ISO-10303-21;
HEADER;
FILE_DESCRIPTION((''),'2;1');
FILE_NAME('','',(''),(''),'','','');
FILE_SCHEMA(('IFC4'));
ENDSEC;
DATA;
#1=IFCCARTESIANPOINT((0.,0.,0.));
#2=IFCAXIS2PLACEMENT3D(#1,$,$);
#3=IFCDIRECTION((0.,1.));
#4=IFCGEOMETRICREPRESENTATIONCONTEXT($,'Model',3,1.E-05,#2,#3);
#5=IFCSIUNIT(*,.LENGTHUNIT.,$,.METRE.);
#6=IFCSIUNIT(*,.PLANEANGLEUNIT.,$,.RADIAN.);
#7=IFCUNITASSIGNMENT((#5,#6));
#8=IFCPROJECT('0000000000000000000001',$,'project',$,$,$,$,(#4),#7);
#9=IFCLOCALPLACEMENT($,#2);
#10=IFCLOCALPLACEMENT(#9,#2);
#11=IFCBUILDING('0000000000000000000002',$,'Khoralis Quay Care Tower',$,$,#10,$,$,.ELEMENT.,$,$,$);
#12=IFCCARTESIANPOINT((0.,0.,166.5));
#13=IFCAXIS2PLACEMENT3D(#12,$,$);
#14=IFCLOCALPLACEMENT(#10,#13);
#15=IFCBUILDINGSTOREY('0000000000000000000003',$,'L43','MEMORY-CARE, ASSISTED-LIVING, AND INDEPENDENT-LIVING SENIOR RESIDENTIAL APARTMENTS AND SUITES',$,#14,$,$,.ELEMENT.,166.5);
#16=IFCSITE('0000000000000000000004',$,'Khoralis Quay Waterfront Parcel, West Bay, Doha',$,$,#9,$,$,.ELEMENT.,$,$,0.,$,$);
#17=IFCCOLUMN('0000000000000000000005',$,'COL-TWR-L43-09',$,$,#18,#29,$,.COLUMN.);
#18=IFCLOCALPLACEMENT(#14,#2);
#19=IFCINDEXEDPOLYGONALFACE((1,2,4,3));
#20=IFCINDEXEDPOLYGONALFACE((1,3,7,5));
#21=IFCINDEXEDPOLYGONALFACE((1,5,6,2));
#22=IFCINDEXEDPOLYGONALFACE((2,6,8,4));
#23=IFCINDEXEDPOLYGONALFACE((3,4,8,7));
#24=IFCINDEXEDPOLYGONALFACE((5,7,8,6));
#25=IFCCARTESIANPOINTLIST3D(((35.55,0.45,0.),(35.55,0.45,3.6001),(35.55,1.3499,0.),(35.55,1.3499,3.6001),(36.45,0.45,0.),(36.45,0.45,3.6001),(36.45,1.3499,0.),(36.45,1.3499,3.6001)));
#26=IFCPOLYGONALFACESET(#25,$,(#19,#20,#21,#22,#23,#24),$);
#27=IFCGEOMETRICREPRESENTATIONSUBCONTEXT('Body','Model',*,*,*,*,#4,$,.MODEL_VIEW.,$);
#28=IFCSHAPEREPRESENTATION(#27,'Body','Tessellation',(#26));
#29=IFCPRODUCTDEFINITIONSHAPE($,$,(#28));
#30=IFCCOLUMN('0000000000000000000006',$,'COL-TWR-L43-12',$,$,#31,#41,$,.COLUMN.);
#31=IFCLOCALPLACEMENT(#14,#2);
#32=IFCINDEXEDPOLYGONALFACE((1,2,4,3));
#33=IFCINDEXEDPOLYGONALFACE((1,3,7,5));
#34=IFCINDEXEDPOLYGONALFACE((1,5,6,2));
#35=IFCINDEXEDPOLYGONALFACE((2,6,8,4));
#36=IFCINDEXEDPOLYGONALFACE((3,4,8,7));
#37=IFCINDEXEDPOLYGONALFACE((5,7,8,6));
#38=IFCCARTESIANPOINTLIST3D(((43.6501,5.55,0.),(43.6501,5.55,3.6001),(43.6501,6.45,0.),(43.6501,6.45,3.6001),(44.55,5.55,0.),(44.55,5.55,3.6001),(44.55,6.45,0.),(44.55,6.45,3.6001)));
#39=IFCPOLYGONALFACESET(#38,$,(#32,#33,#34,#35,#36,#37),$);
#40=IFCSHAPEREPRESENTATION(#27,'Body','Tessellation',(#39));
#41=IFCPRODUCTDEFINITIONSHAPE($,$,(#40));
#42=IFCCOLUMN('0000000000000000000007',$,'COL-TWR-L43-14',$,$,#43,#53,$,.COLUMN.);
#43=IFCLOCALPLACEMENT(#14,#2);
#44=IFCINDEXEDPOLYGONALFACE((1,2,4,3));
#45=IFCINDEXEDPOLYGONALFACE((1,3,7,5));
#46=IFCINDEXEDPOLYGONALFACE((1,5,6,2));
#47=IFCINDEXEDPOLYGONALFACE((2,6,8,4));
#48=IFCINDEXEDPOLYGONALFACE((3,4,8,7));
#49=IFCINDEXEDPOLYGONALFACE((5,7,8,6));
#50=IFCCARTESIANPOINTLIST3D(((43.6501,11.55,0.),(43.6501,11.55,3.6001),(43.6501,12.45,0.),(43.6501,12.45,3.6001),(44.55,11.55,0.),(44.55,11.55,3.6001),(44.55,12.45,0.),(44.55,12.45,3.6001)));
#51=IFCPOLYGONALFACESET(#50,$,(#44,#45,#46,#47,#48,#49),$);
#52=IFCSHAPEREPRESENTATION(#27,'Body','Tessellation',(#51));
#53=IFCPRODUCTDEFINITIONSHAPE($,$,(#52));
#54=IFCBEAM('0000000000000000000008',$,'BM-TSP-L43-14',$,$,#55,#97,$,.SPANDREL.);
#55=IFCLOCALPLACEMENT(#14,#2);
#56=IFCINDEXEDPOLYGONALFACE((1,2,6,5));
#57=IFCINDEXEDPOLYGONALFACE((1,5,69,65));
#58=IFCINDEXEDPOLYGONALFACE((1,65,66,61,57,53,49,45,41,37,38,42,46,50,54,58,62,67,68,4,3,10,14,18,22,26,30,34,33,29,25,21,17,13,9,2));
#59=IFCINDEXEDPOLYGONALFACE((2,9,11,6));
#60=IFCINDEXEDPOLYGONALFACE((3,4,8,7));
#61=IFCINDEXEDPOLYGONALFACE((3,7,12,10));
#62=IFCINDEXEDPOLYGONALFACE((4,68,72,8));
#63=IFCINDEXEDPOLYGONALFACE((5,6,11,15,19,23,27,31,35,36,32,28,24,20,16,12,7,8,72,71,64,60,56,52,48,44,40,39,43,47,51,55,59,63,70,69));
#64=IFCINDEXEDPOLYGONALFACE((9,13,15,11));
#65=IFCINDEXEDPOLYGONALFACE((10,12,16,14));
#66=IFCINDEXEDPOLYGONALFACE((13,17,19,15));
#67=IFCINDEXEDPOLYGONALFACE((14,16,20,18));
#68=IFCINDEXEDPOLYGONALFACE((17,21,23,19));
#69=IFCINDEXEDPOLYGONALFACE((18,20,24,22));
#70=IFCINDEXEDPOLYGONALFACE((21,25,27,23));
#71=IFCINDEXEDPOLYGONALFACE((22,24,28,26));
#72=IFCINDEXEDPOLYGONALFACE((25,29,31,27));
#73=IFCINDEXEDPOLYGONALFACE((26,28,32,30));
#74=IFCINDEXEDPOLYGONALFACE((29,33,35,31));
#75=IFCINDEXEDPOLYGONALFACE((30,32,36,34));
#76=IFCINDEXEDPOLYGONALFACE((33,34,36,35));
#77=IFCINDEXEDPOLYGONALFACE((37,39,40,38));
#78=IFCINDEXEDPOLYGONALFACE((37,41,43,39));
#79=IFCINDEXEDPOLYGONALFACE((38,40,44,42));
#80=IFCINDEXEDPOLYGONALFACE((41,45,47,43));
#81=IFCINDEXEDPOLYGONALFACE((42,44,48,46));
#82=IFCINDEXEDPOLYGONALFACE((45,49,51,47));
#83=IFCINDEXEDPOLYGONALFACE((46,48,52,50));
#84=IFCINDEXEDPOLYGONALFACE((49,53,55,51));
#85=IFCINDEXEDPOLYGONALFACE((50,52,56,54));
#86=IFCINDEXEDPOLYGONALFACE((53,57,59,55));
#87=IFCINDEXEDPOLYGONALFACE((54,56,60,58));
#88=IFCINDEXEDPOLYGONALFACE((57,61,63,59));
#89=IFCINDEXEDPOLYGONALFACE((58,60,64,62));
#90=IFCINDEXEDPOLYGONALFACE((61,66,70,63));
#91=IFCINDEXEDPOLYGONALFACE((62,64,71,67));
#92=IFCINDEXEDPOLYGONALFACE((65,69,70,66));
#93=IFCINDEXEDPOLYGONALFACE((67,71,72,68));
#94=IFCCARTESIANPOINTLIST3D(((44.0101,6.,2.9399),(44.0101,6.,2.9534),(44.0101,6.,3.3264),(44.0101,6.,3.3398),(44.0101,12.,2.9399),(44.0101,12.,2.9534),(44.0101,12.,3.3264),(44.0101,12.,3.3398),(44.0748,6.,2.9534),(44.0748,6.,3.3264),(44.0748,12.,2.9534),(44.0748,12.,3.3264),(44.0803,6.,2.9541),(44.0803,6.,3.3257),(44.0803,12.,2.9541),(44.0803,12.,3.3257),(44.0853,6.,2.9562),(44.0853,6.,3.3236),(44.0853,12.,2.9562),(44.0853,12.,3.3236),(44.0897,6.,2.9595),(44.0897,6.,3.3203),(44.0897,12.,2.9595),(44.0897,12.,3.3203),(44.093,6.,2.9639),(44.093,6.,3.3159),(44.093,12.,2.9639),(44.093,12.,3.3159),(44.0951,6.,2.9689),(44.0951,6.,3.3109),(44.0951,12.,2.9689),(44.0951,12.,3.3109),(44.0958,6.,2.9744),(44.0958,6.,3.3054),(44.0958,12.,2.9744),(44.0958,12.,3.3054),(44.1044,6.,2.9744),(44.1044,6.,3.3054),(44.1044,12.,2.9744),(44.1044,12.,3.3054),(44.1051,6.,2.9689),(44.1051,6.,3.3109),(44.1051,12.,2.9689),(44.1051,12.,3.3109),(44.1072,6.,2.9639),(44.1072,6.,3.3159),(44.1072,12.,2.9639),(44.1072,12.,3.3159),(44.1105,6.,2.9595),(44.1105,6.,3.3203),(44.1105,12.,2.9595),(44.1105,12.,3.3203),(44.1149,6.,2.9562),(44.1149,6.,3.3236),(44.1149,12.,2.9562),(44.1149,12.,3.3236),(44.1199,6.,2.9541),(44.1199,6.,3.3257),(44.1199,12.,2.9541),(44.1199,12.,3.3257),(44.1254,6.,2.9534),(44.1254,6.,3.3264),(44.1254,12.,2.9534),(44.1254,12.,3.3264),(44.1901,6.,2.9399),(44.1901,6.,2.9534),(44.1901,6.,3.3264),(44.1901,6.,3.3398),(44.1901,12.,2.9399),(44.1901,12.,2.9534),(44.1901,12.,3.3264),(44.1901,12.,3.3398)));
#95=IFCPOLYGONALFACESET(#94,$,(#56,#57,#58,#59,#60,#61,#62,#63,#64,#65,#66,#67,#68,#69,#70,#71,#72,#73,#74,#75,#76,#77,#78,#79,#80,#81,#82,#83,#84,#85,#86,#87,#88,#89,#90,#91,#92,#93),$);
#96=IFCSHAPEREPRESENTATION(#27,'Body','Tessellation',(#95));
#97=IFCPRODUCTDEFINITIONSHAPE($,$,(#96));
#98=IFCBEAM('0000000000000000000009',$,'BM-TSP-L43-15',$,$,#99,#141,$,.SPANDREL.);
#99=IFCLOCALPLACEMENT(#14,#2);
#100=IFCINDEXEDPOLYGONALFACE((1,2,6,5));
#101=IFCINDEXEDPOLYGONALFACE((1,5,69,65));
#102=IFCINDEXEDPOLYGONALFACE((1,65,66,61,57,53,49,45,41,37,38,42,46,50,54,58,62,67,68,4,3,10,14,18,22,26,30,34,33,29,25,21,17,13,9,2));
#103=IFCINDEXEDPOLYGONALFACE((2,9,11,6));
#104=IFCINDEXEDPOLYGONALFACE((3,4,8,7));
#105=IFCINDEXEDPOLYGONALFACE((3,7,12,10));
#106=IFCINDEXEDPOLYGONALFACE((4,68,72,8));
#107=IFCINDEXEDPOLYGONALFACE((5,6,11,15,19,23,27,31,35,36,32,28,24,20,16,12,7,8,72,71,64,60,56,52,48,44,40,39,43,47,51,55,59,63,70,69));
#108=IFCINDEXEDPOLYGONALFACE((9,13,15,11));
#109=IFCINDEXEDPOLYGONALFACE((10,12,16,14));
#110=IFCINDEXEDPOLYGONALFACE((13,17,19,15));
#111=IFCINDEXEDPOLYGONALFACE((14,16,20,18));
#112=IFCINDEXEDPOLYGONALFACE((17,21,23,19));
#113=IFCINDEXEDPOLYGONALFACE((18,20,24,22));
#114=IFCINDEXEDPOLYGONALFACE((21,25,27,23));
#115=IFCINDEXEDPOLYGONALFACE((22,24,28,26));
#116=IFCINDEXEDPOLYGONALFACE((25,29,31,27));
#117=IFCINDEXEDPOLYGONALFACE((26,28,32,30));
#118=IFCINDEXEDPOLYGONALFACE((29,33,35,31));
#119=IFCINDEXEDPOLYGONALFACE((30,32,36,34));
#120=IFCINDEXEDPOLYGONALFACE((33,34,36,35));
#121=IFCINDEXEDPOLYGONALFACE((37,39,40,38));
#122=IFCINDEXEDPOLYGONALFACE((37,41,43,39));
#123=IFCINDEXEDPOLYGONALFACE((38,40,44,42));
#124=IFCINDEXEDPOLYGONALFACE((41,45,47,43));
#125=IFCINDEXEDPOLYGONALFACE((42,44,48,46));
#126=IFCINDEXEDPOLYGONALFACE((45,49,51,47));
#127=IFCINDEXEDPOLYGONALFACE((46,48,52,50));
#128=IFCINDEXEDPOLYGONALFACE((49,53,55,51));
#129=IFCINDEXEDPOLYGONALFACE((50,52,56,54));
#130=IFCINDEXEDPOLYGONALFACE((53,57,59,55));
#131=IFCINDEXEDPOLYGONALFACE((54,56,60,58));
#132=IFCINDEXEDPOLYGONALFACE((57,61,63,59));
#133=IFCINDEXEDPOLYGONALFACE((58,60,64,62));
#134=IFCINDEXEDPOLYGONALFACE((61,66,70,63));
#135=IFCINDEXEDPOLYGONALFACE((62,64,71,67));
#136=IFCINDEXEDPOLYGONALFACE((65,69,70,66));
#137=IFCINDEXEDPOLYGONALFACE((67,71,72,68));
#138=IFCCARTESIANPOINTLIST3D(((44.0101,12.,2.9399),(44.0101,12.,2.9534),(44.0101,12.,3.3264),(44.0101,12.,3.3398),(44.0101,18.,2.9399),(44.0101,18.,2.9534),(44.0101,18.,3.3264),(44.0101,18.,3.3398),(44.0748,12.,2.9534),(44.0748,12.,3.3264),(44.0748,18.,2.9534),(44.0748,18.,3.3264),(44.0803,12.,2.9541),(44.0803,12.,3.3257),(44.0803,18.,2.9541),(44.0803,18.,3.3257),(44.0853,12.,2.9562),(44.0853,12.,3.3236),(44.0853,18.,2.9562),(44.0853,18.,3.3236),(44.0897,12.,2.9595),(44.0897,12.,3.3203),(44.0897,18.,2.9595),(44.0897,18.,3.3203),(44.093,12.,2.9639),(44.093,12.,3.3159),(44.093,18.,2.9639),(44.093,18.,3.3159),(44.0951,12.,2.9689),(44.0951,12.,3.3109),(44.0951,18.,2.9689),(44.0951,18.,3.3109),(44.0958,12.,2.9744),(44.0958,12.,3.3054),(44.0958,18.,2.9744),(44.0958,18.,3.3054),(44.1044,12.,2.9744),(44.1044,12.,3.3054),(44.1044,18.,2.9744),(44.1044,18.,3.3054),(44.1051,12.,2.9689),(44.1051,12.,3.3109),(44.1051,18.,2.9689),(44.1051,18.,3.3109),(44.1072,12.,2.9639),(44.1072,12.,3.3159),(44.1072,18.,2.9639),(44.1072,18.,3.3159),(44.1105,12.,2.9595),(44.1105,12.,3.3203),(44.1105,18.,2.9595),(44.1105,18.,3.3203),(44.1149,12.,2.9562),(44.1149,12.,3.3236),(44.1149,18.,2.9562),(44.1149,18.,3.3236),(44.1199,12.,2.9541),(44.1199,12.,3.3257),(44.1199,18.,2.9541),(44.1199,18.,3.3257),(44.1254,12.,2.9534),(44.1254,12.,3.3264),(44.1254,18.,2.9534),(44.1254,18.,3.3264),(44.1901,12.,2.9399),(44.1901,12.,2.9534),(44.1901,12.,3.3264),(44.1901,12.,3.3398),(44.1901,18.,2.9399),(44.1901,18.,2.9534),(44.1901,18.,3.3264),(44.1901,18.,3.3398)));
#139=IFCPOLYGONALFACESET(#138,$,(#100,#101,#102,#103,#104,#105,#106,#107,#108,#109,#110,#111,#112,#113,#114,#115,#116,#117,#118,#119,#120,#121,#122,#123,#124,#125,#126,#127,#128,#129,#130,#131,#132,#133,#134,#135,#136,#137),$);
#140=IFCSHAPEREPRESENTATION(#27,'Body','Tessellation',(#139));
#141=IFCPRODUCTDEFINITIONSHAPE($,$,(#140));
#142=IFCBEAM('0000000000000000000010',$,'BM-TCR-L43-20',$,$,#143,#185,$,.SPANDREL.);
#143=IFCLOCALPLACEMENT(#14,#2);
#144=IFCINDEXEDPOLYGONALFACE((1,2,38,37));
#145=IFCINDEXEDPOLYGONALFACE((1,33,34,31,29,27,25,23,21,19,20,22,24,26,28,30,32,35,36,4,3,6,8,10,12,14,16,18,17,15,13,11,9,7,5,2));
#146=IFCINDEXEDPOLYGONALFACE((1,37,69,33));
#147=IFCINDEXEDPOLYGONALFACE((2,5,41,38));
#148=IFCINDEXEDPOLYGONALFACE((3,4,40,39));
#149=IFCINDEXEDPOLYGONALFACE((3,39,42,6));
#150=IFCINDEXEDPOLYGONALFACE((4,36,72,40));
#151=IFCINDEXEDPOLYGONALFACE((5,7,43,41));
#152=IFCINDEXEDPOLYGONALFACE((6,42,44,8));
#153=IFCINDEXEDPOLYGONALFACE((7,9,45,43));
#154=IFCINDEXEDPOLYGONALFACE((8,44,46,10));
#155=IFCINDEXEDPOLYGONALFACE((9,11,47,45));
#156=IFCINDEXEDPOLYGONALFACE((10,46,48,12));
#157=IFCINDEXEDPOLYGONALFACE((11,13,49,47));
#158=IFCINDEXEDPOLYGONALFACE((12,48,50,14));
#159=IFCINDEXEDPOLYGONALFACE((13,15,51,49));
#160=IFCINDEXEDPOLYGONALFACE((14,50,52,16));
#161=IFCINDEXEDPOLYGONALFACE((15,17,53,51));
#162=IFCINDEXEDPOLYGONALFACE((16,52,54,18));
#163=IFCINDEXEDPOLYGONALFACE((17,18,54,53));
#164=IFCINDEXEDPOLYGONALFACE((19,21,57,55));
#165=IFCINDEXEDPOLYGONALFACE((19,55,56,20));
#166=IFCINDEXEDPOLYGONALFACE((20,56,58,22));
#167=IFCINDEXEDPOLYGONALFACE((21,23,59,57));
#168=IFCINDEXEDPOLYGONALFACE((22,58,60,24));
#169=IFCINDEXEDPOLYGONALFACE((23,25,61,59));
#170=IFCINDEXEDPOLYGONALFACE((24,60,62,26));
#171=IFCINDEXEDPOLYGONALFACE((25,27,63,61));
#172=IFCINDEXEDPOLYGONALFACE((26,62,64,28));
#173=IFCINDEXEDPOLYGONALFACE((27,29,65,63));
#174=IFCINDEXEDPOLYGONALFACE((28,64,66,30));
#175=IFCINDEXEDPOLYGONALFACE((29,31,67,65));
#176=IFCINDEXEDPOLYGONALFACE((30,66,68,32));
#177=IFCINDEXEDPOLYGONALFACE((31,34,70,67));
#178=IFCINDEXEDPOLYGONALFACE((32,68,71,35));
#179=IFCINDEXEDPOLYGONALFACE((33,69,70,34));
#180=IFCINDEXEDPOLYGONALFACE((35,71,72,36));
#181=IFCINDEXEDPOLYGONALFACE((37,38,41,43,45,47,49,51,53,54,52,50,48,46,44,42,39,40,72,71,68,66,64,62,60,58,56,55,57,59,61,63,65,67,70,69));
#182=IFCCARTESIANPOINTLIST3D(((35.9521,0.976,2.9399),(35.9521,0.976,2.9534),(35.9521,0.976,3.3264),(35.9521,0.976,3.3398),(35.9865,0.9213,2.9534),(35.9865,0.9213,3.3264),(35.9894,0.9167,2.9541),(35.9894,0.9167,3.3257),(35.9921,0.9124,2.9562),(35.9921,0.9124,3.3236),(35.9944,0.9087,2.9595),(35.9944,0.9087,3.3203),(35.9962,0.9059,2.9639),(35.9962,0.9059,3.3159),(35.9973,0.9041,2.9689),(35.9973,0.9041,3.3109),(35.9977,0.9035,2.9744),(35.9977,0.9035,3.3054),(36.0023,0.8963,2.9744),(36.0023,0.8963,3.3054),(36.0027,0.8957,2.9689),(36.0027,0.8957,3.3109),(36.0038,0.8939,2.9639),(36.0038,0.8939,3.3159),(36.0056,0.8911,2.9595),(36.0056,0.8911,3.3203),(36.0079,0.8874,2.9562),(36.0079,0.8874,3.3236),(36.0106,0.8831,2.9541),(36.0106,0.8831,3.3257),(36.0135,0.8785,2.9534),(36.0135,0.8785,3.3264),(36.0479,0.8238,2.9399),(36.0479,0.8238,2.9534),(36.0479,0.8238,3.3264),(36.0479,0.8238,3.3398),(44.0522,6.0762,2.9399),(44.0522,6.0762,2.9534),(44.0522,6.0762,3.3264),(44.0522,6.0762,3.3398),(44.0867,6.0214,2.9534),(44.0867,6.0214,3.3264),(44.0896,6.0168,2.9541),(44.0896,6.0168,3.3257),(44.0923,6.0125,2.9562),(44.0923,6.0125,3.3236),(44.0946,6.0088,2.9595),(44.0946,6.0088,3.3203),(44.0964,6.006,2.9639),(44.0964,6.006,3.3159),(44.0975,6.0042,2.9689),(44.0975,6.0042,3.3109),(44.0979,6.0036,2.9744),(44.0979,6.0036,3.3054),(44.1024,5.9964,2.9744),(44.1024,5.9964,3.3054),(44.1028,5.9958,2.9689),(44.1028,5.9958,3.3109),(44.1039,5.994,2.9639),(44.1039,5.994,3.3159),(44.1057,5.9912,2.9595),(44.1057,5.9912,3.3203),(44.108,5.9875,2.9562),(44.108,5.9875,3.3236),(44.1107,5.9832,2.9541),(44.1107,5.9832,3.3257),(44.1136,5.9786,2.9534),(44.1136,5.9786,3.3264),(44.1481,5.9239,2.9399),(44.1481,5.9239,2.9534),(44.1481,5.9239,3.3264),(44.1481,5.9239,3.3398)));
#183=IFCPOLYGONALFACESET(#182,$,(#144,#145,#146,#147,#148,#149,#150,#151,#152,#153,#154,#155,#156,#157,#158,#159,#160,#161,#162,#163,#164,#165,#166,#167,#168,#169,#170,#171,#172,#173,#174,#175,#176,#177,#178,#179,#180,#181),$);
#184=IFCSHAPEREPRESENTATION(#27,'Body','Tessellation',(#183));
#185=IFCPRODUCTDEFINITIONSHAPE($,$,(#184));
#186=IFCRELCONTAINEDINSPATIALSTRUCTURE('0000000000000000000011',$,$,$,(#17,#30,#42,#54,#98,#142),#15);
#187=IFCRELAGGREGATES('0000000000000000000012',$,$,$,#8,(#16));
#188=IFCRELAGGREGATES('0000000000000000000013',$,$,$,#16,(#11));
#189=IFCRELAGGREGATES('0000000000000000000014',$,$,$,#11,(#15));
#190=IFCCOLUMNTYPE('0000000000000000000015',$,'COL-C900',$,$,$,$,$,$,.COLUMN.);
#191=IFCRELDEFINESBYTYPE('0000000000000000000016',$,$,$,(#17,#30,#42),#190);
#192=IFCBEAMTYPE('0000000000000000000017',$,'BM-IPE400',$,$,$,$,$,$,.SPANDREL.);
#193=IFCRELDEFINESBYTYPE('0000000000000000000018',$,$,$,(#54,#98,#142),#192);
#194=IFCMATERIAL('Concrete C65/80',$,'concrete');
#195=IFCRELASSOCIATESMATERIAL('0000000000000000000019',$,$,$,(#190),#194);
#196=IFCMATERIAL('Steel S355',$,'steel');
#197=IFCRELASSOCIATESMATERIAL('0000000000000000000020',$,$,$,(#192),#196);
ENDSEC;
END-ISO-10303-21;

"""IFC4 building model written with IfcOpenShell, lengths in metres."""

from ifc_helpers import new_model, si_unit, direction, frame, origin, origin_2d, place, context, subcontext, project, spatial, rectangle, i_section, extrude, source, transform, mapped, material, material_profile, profile_set, type_object, element, save


model = new_model("IFC4")

# Units and contexts
model_context = context("Model", 3, precision=1e-05, world=origin(), true_north=direction((0.0, 1.0)))
body_context = subcontext(model_context, "Body", "Model", "MODEL_VIEW")
ifc_project = project(units=[si_unit("LENGTHUNIT", "METRE"), si_unit("PLANEANGLEUNIT", "RADIAN")], contexts=[model_context])

# Site, building, storey
site_placement = place(None, origin())
site = spatial("IfcSite", under=ifc_project, at=site_placement, Name="Khoralis Quay Waterfront Parcel, West Bay, Doha", CompositionType="ELEMENT", RefElevation=0.0)
building_placement = place(site_placement, origin())
building = spatial("IfcBuilding", under=site, at=building_placement, Name="Khoralis Quay Care Tower", CompositionType="ELEMENT")
storey_placement = place(building_placement, frame((0.0, 0.0, 166.5)))
storey = spatial("IfcBuildingStorey", under=building, at=storey_placement, Name="L43", Description="MEMORY-CARE, ASSISTED-LIVING, AND INDEPENDENT-LIVING SENIOR RESIDENTIAL APARTMENTS AND SUITES", CompositionType="ELEMENT", Elevation=166.5)

# Columns
ifc_material_1 = material(Name="Concrete C65/80", Category="concrete")
ifc_material_profile_1 = material_profile(ifc_material_1, rectangle(XDim=0.8999, YDim=0.8999, at=origin_2d()), Name="Concrete C65/80")
ifc_profile_set_1 = profile_set([ifc_material_profile_1], Name="Concrete C65/80")
column_type = type_object("IfcColumnType", Name="COL-C900", PredefinedType="COLUMN", material=ifc_profile_set_1)
shared_shape_1 = source(origin(), body_context, "Body", "SweptSolid", [
    extrude(rectangle(XDim=0.8999, YDim=0.8999, at=origin_2d()), origin(), (0.0, 0.0, 1.0), 3.6001),
])
for number, where, z_axis, x_axis, name in (
    (1, (36.0, 0.8999, 0.0), (0.0, 0.0, 1.0), (1.0, 0.0, 0.0), "COL-TWR-L43-09"),
    (2, (44.1001, 6.0, 0.0), (0.0, 0.0, 1.0), (1.0, 0.0, 0.0), "COL-TWR-L43-12"),
    (3, (44.1001, 12.0, 0.0), (0.0, 0.0, 1.0), (1.0, 0.0, 0.0), "COL-TWR-L43-14"),
):
    element("IfcColumn", number, at=place(storey_placement, frame(where, z_axis=z_axis, x_axis=x_axis)), inside=storey, type_object=column_type, Name=name, PredefinedType="COLUMN", context=body_context, shape_type="MappedRepresentation", body=[
        mapped(shared_shape_1, transform((0.0, 0.0, 0.0), scale=1.0)),
    ])

# Beams
ifc_material_2 = material(Name="Steel S355", Category="steel")
ifc_material_profile_2 = material_profile(ifc_material_2, i_section(OverallWidth=0.1799, OverallDepth=0.3999, WebThickness=0.0085, FlangeThickness=0.0134, FilletRadius=0.021, at=origin_2d()), Name="Steel S355")
ifc_profile_set_2 = profile_set([ifc_material_profile_2], Name="Steel S355")
beam_type_1 = type_object("IfcBeamType", Name="BM-IPE400", PredefinedType="SPANDREL", material=ifc_profile_set_2)
shared_shape_2 = source(origin(), body_context, "Body", "SweptSolid", [
    extrude(i_section(OverallWidth=0.1799, OverallDepth=0.3999, WebThickness=0.0085, FlangeThickness=0.0134, FilletRadius=0.021, at=origin_2d()), origin(), (0.0, 0.0, 1.0), 6.0),
])
for number, where, z_axis, x_axis, name in (
    (4, (44.1001, 6.0, 3.1399), (0.0, 1.0, 0.0), (-1.0, 0.0, 0.0), "BM-TSP-L43-14"),
    (5, (44.1001, 12.0, 3.1399), (0.0, 1.0, 0.0), (-1.0, 0.0, 0.0), "BM-TSP-L43-15"),
):
    element("IfcBeam", number, at=place(storey_placement, frame(where, z_axis=z_axis, x_axis=x_axis)), inside=storey, type_object=beam_type_1, Name=name, PredefinedType="SPANDREL", context=body_context, shape_type="MappedRepresentation", body=[
        mapped(shared_shape_2, transform((0.0, 0.0, 0.0), scale=1.0)),
    ])
shared_shape_3 = source(origin(), body_context, "Body", "SweptSolid", [
    extrude(i_section(OverallWidth=0.1799, OverallDepth=0.3999, WebThickness=0.0085, FlangeThickness=0.0134, FilletRadius=0.021, at=origin_2d()), origin(), (0.0, 0.0, 1.0), 9.572),
])
beam_1_placement = place(storey_placement, frame((36.0, 0.8999, 3.1399), z_axis=(0.846231, 0.532816, 0.0), x_axis=(-0.532816, 0.846231, 0.0)))
element("IfcBeam", 6, at=beam_1_placement, inside=storey, type_object=beam_type_1, Name="BM-TCR-L43-20", PredefinedType="SPANDREL", context=body_context, shape_type="MappedRepresentation", body=[
    mapped(shared_shape_3, transform((0.0, 0.0, 0.0), scale=1.0)),
])

save(model, "model.ifc")
